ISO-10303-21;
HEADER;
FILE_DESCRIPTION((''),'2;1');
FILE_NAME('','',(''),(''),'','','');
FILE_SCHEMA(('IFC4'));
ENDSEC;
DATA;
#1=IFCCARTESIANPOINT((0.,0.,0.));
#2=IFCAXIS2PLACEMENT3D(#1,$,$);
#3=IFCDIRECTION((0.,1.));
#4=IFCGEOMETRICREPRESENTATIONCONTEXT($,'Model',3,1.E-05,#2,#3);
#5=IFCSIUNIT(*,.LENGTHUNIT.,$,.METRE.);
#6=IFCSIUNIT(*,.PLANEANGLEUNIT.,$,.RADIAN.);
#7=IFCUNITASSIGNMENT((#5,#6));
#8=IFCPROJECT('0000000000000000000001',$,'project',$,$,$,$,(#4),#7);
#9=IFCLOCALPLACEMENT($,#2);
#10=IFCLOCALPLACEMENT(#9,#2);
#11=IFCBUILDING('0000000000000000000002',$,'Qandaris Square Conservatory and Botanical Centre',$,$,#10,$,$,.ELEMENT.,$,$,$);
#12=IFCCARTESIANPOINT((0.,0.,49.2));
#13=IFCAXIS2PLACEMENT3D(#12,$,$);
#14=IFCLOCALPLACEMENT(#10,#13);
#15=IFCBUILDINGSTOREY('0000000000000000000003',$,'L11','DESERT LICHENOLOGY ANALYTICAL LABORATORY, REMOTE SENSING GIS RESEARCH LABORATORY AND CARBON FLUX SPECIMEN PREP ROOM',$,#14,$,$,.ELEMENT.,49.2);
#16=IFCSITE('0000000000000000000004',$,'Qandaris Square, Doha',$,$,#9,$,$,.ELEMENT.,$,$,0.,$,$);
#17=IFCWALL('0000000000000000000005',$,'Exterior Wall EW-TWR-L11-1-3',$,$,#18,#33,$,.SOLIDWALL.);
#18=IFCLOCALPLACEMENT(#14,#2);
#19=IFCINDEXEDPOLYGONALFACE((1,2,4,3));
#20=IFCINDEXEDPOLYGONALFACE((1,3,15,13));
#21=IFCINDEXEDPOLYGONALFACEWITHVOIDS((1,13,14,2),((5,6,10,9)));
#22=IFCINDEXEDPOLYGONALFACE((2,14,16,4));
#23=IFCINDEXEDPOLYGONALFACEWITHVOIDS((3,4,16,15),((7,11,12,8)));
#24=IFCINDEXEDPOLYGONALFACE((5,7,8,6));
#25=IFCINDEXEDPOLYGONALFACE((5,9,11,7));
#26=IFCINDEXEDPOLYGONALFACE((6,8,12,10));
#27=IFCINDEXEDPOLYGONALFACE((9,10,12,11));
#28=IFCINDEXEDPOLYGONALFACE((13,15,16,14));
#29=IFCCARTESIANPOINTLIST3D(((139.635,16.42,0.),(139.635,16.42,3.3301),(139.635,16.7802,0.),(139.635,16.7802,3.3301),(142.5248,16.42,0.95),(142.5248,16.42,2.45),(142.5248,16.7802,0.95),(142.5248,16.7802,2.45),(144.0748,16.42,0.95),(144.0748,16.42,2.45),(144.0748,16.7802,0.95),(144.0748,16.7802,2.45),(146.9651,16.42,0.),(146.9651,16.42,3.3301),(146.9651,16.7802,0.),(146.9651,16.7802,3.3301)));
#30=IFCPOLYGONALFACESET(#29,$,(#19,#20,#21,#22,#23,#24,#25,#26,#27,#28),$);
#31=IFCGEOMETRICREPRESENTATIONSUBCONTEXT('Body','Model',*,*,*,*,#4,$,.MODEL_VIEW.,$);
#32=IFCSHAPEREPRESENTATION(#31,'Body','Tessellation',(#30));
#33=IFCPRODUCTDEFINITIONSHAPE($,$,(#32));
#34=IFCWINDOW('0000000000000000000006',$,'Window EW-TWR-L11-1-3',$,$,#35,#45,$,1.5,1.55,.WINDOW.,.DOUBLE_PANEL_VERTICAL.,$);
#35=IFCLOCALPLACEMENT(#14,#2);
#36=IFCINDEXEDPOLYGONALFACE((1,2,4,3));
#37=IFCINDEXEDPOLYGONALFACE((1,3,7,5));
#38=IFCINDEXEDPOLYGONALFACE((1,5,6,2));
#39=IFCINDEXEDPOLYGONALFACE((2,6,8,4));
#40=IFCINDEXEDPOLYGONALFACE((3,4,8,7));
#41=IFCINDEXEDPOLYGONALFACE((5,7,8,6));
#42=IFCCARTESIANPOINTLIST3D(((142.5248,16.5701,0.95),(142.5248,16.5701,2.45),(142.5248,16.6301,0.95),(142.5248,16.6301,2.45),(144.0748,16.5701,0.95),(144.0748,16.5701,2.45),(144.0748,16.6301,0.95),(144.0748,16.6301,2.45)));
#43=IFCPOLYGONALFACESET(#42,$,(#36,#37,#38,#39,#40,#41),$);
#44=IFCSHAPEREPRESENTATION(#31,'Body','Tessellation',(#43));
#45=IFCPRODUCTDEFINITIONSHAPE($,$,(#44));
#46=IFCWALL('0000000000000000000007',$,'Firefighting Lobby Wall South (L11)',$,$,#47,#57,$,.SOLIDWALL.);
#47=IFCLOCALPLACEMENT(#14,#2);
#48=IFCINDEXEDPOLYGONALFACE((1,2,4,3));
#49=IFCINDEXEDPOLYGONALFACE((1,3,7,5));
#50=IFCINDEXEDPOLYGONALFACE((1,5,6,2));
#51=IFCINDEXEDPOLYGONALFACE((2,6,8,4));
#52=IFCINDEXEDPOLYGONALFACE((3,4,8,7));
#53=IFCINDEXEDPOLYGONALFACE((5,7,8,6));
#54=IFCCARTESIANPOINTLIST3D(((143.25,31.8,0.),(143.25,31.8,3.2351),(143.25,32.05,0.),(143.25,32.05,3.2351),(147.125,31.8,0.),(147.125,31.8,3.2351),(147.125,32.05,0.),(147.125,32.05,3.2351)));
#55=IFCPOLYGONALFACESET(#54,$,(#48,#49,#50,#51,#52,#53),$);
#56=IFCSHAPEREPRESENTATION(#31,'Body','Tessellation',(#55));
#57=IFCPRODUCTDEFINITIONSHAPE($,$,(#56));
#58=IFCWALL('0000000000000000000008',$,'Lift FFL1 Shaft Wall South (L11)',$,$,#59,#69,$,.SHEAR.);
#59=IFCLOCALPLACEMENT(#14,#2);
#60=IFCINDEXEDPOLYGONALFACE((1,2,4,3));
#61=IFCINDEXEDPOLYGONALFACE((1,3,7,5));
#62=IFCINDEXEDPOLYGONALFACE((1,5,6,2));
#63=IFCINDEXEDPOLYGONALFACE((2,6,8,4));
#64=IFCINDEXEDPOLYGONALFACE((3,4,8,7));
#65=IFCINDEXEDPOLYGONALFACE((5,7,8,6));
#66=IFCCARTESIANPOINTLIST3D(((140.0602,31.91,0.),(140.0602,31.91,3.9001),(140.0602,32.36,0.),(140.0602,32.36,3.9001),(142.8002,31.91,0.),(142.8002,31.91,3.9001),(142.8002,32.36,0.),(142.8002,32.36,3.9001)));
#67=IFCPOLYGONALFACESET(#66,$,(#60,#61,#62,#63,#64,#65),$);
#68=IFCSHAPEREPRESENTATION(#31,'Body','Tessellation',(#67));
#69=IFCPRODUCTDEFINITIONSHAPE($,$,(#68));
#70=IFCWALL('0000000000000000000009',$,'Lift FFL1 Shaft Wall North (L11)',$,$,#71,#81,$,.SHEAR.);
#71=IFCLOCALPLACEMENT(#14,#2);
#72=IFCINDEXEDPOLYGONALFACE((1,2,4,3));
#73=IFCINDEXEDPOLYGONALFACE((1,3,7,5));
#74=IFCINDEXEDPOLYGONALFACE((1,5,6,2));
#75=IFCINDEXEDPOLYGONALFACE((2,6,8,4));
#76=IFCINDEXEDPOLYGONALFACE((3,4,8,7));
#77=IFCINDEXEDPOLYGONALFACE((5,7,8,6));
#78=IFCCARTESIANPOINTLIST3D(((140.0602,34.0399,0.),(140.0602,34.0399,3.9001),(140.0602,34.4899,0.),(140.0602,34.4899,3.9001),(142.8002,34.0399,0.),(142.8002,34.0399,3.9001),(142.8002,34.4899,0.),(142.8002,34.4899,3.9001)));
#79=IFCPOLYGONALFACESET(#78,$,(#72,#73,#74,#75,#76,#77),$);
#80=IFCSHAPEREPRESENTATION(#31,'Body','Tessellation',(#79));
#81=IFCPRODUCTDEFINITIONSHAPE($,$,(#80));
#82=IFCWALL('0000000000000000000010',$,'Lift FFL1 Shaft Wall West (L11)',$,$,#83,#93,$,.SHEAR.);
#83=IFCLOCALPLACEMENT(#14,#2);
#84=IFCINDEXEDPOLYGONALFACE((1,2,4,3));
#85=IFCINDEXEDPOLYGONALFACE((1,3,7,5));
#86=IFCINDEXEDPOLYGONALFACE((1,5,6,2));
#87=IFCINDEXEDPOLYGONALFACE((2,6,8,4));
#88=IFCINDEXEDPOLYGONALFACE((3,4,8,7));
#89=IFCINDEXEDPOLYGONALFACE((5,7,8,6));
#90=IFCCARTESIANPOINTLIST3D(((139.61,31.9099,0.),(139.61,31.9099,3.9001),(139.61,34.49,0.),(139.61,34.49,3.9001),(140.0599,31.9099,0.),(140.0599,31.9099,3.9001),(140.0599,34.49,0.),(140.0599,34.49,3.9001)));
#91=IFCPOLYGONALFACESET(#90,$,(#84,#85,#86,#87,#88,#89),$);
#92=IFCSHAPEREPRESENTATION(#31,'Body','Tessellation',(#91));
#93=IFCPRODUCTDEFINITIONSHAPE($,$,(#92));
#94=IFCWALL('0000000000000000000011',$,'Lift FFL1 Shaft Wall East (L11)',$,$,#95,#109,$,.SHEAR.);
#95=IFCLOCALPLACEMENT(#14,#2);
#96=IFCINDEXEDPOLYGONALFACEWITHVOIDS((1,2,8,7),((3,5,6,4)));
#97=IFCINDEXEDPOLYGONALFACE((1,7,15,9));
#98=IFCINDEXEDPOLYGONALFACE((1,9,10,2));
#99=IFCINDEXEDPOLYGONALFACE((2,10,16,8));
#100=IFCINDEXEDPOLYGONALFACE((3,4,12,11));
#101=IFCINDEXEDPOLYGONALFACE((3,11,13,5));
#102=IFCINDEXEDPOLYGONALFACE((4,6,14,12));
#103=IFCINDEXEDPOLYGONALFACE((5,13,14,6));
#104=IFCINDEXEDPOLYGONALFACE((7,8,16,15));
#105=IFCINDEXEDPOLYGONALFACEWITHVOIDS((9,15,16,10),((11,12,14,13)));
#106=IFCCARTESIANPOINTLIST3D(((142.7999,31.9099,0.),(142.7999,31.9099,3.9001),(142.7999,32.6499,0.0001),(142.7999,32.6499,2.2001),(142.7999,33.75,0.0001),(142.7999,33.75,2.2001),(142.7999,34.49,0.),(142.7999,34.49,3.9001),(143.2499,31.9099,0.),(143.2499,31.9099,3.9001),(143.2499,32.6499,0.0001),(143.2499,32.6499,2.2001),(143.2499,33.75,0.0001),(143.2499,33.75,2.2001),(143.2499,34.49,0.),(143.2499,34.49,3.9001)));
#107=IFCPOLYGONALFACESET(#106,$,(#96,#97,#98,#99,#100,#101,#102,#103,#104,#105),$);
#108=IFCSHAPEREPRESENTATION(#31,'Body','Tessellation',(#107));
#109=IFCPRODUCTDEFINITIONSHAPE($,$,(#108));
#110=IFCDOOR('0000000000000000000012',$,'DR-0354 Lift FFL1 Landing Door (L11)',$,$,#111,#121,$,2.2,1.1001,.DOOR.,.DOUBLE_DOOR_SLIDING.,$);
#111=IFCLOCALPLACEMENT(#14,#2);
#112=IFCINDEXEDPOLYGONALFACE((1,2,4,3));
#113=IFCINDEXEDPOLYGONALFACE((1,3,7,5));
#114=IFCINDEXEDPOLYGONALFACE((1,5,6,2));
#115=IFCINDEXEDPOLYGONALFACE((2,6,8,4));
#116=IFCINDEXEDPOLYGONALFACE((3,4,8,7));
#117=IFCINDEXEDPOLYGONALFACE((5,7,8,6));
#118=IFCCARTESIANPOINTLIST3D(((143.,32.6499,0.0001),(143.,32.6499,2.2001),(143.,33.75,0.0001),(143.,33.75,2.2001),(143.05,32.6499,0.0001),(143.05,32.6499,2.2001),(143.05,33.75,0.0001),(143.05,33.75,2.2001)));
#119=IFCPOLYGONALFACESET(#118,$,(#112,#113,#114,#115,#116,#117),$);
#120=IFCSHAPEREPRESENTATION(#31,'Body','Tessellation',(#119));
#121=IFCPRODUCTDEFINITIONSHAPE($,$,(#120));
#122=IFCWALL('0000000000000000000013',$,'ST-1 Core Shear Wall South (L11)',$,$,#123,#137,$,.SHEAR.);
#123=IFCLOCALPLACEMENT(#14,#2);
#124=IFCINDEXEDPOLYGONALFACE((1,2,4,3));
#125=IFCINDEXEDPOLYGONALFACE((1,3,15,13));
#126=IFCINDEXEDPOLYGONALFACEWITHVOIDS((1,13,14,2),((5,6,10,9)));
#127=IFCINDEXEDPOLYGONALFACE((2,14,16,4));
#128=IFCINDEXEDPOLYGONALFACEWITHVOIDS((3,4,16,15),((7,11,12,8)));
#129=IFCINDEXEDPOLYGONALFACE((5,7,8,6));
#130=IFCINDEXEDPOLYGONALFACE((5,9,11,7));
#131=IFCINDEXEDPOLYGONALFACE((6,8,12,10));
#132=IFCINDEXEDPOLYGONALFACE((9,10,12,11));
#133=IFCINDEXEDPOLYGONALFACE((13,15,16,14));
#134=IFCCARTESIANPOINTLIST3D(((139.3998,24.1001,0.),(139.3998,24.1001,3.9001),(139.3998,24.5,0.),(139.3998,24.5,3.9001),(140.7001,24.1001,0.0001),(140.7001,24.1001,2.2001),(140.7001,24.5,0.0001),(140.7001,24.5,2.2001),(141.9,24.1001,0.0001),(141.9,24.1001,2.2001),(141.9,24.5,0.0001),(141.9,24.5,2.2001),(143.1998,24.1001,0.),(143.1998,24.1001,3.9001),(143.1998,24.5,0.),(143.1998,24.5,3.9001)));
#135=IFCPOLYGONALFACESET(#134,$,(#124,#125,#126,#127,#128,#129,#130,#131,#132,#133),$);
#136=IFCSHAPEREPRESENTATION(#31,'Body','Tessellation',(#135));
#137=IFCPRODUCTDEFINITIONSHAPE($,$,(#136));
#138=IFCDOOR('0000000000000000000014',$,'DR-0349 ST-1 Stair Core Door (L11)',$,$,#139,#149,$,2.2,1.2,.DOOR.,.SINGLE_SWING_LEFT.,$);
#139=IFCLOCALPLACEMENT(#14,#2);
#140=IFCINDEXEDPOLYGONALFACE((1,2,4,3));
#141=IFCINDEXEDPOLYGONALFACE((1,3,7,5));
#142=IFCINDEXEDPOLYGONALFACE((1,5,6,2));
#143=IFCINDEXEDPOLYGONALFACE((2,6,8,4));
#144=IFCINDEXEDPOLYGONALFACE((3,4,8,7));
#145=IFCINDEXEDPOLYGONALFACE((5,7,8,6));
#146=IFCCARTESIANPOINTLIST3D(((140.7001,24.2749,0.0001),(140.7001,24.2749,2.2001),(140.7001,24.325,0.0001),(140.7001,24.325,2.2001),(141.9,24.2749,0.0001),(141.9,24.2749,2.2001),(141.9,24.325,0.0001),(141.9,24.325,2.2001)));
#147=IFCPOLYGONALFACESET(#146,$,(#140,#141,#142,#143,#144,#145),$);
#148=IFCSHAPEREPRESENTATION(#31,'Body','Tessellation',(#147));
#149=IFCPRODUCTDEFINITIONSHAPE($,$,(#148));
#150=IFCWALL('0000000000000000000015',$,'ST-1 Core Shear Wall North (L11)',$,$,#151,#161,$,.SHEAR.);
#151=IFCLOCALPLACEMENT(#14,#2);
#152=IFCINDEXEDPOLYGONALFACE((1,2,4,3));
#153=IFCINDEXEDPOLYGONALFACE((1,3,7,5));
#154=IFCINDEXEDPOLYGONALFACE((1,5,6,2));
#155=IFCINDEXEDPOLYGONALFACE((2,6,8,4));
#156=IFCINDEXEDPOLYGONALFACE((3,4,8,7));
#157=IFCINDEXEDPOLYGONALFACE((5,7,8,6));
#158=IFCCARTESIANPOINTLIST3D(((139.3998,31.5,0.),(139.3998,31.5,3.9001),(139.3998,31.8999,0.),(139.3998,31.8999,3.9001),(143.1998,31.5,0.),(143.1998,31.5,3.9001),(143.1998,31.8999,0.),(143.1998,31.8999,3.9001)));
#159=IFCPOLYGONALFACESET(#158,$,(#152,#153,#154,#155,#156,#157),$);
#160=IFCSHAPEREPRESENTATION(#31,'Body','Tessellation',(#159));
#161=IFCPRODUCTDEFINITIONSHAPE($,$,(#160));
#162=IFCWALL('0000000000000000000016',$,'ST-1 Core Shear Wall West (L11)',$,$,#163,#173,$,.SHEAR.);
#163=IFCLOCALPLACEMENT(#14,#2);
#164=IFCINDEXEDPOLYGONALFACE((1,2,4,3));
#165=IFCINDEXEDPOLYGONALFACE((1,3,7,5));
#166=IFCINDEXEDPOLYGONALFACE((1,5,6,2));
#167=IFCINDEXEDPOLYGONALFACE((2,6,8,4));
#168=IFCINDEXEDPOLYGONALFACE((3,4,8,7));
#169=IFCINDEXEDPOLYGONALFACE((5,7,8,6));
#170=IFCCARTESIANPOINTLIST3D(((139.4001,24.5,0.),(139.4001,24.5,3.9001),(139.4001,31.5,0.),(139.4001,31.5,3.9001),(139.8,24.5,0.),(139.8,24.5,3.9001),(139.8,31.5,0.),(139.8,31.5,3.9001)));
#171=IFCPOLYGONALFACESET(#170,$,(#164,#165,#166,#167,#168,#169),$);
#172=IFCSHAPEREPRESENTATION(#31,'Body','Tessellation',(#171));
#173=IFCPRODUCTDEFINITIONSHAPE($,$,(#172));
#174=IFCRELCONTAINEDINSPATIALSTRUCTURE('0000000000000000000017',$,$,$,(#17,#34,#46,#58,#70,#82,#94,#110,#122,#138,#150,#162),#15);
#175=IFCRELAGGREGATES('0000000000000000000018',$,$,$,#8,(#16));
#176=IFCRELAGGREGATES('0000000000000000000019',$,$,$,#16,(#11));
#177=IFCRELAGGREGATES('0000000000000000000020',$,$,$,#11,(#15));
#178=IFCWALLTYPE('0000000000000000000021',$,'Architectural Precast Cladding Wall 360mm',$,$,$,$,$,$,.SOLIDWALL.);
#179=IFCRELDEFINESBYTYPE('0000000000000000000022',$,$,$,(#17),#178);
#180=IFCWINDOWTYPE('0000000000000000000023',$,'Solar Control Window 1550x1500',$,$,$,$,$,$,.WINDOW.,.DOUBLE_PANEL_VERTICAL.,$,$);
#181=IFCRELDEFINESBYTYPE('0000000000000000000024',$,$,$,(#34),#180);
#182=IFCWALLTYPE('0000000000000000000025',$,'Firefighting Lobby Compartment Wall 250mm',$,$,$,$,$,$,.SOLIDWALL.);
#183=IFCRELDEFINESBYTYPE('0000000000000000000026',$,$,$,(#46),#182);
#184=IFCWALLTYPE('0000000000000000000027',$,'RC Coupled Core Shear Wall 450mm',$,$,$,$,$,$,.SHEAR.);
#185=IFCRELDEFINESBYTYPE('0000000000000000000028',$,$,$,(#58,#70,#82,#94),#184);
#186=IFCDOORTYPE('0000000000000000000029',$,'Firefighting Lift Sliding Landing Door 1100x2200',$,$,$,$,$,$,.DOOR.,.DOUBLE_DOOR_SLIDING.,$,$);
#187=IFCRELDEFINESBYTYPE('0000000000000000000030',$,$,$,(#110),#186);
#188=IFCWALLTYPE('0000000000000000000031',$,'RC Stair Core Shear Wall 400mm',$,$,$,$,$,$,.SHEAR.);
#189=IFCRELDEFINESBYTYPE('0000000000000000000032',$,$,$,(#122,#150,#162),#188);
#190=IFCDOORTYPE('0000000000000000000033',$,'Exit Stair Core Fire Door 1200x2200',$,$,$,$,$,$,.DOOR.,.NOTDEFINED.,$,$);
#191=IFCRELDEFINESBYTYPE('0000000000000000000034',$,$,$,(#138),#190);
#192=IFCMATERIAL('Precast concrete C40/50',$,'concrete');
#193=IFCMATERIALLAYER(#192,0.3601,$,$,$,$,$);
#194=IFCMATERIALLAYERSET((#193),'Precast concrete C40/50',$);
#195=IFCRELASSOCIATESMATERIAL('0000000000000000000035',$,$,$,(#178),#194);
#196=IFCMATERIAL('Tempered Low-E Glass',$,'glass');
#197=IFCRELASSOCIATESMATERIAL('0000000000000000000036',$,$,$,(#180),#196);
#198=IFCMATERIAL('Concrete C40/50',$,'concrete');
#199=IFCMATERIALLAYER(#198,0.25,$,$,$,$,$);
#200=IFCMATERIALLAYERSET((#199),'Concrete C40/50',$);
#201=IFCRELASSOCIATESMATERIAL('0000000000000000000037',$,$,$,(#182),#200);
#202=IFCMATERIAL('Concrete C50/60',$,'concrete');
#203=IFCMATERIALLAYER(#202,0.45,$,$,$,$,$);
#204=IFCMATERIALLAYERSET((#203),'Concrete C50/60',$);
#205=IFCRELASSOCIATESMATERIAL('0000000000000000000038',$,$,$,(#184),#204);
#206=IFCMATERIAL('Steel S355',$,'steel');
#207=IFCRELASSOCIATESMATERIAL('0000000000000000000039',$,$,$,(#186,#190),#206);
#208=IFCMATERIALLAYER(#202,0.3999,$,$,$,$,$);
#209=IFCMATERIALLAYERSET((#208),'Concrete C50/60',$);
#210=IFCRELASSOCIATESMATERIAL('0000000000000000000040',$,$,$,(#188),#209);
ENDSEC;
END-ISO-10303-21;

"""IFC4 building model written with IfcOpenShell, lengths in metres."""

from ifc_helpers import new_model, si_unit, direction, frame, frame_2d, origin, place, context, subcontext, project, spatial, rectangle, extrude, material, layer, layer_set, type_object, element, fill, save


model = new_model("IFC4")

# Units and contexts
model_context = context("Model", 3, precision=1e-05, world=origin(), true_north=direction((0.0, 1.0)))
body_context = subcontext(model_context, "Body", "Model", "MODEL_VIEW")
ifc_project = project(units=[si_unit("LENGTHUNIT", "METRE"), si_unit("PLANEANGLEUNIT", "RADIAN")], contexts=[model_context])

# Site, building, storey
site_placement = place(None, origin())
site = spatial("IfcSite", under=ifc_project, at=site_placement, Name="Qandaris Square, Doha", CompositionType="ELEMENT", RefElevation=0.0)
building_placement = place(site_placement, origin())
building = spatial("IfcBuilding", under=site, at=building_placement, Name="Qandaris Square Conservatory and Botanical Centre", CompositionType="ELEMENT")
storey_placement = place(building_placement, frame((0.0, 0.0, 49.2)))
storey = spatial("IfcBuildingStorey", under=building, at=storey_placement, Name="L11", Description="DESERT LICHENOLOGY ANALYTICAL LABORATORY, REMOTE SENSING GIS RESEARCH LABORATORY AND CARBON FLUX SPECIMEN PREP ROOM", CompositionType="ELEMENT", Elevation=49.2)

# Shared definitions
ifc_material_1 = material(Name="Steel S355", Category="steel")
ifc_material_2 = material(Name="Concrete C50/60", Category="concrete")

# Wall, opening, window
ifc_material_3 = material(Name="Precast concrete C40/50", Category="concrete")
ifc_layer_1 = layer(ifc_material_3, 0.3601)
ifc_layer_set_1 = layer_set([ifc_layer_1], Name="Precast concrete C40/50")
wall_type_1 = type_object("IfcWallType", Name="Architectural Precast Cladding Wall 360mm", PredefinedType="SOLIDWALL", material=ifc_layer_set_1)
wall_1_placement = place(storey_placement, frame((139.635, 16.6001, 0.0), z_axis=(0.0, 0.0, 1.0), x_axis=(1.0, 0.0, 0.0)))
wall_1 = element("IfcWall", 1, at=wall_1_placement, inside=storey, type_object=wall_type_1, Name="Exterior Wall EW-TWR-L11-1-3", PredefinedType="SOLIDWALL", context=body_context, shape_type="SweptSolid", body=[
    extrude(rectangle(XDim=7.3301, YDim=0.3601, at=frame_2d((3.665, 0.0))), origin(), (0.0, 0.0, 1.0), 3.3301),
])
opening_1_placement = place(wall_1_placement, frame((2.8899, 0.0, 0.95)))
opening_1 = element("IfcOpeningElement", 2, at=opening_1_placement, cuts=wall_1, PredefinedType="OPENING", context=body_context, shape_type="SweptSolid", body=[
    extrude(rectangle(XDim=1.55, YDim=1.5, at=frame_2d((0.7749, 0.75))), frame((0.0, 0.1919, 0.0), z_axis=(0.0, -1.0, 0.0), x_axis=(1.0, 0.0, 0.0)), (0.0, 0.0, 1.0), 0.384),
])
ifc_material_4 = material(Name="Tempered Low-E Glass", Category="glass")
window_type = type_object("IfcWindowType", Name="Solar Control Window 1550x1500", PartitioningType="DOUBLE_PANEL_VERTICAL", PredefinedType="WINDOW", material=ifc_material_4)
window_placement = place(opening_1_placement, origin())
window = element("IfcWindow", 3, at=window_placement, inside=storey, type_object=window_type, Name="Window EW-TWR-L11-1-3", OverallHeight=1.5, OverallWidth=1.55, PartitioningType="DOUBLE_PANEL_VERTICAL", PredefinedType="WINDOW", context=body_context, shape_type="SweptSolid", body=[
    extrude(rectangle(XDim=1.55, YDim=1.5, at=frame_2d((0.7749, 0.75))), frame((0.0, 0.03, 0.0), z_axis=(0.0, -1.0, 0.0), x_axis=(1.0, 0.0, 0.0)), (0.0, 0.0, 1.0), 0.0601),
])
fill(opening_1, window)

# Walls
ifc_material_5 = material(Name="Concrete C40/50", Category="concrete")
ifc_layer_2 = layer(ifc_material_5, 0.25)
ifc_layer_set_2 = layer_set([ifc_layer_2], Name="Concrete C40/50")
wall_type_2 = type_object("IfcWallType", Name="Firefighting Lobby Compartment Wall 250mm", PredefinedType="SOLIDWALL", material=ifc_layer_set_2)
wall_2_placement = place(storey_placement, frame((143.25, 31.925, 0.0), z_axis=(0.0, 0.0, 1.0), x_axis=(1.0, 0.0, 0.0)))
element("IfcWall", 4, at=wall_2_placement, inside=storey, type_object=wall_type_2, Name="Firefighting Lobby Wall South (L11)", PredefinedType="SOLIDWALL", context=body_context, shape_type="SweptSolid", body=[
    extrude(rectangle(XDim=3.875, YDim=0.25, at=frame_2d((1.9375, 0.0))), origin(), (0.0, 0.0, 1.0), 3.2351),
])
ifc_layer_3 = layer(ifc_material_2, 0.45)
ifc_layer_set_3 = layer_set([ifc_layer_3], Name="Concrete C50/60")
wall_type_3 = type_object("IfcWallType", Name="RC Coupled Core Shear Wall 450mm", PredefinedType="SHEAR", material=ifc_layer_set_3)
for number, where, z_axis, x_axis, name in (
    (5, (140.0601, 32.135, 0.0), (0.0, 0.0, 1.0), (1.0, 0.0, 0.0), "Lift FFL1 Shaft Wall South (L11)"),
    (6, (140.0601, 34.2649, 0.0), (0.0, 0.0, 1.0), (1.0, 0.0, 0.0), "Lift FFL1 Shaft Wall North (L11)"),
):
    element("IfcWall", number, at=place(storey_placement, frame(where, z_axis=z_axis, x_axis=x_axis)), inside=storey, type_object=wall_type_3, Name=name, PredefinedType="SHEAR", context=body_context, shape_type="SweptSolid", body=[
        extrude(rectangle(XDim=2.74, YDim=0.45, at=frame_2d((1.3701, 0.0))), origin(), (0.0, 0.0, 1.0), 3.9001),
    ])
wall_3_placement = place(storey_placement, frame((139.835, 31.9099, 0.0), z_axis=(0.0, 0.0, 1.0), x_axis=(0.0, 1.0, 0.0)))
element("IfcWall", 7, at=wall_3_placement, inside=storey, type_object=wall_type_3, Name="Lift FFL1 Shaft Wall West (L11)", PredefinedType="SHEAR", context=body_context, shape_type="SweptSolid", body=[
    extrude(rectangle(XDim=2.5801, YDim=0.45, at=frame_2d((1.29, 0.0))), origin(), (0.0, 0.0, 1.0), 3.9001),
])

# Walls, openings, doors
wall_4_placement = place(storey_placement, frame((143.0249, 31.9099, 0.0), z_axis=(0.0, 0.0, 1.0), x_axis=(0.0, 1.0, 0.0)))
wall_4 = element("IfcWall", 8, at=wall_4_placement, inside=storey, type_object=wall_type_3, Name="Lift FFL1 Shaft Wall East (L11)", PredefinedType="SHEAR", context=body_context, shape_type="SweptSolid", body=[
    extrude(rectangle(XDim=2.5801, YDim=0.45, at=frame_2d((1.29, 0.0))), origin(), (0.0, 0.0, 1.0), 3.9001),
])
opening_2_placement = place(wall_4_placement, frame((0.74, 0.0, 0.0)))
opening_2 = element("IfcOpeningElement", 9, at=opening_2_placement, cuts=wall_4, PredefinedType="OPENING", context=body_context, shape_type="SweptSolid", body=[
    extrude(rectangle(XDim=1.1001, YDim=2.2, at=frame_2d((0.55, 1.1001))), frame((0.0, 0.2368, 0.0), z_axis=(0.0, -1.0, 0.0), x_axis=(1.0, 0.0, 0.0)), (0.0, 0.0, 1.0), 0.4739),
])
door_type_1 = type_object("IfcDoorType", Name="Firefighting Lift Sliding Landing Door 1100x2200", OperationType="DOUBLE_DOOR_SLIDING", PredefinedType="DOOR", material=ifc_material_1)
door_1_placement = place(opening_2_placement, origin())
door_1 = element("IfcDoor", 10, at=door_1_placement, inside=storey, type_object=door_type_1, Name="DR-0354 Lift FFL1 Landing Door (L11)", OperationType="DOUBLE_DOOR_SLIDING", OverallHeight=2.2, OverallWidth=1.1001, PredefinedType="DOOR", context=body_context, shape_type="SweptSolid", body=[
    extrude(rectangle(XDim=1.1001, YDim=2.2, at=frame_2d((0.55, 1.1001))), frame((0.0, 0.0249, 0.0), z_axis=(0.0, -1.0, 0.0), x_axis=(1.0, 0.0, 0.0)), (0.0, 0.0, 1.0), 0.05),
])
fill(opening_2, door_1)
ifc_layer_4 = layer(ifc_material_2, 0.3999)
ifc_layer_set_4 = layer_set([ifc_layer_4], Name="Concrete C50/60")
wall_type_4 = type_object("IfcWallType", Name="RC Stair Core Shear Wall 400mm", PredefinedType="SHEAR", material=ifc_layer_set_4)
wall_5_placement = place(storey_placement, frame((139.3999, 24.3, 0.0), z_axis=(0.0, 0.0, 1.0), x_axis=(1.0, 0.0, 0.0)))
wall_5 = element("IfcWall", 11, at=wall_5_placement, inside=storey, type_object=wall_type_4, Name="ST-1 Core Shear Wall South (L11)", PredefinedType="SHEAR", context=body_context, shape_type="SweptSolid", body=[
    extrude(rectangle(XDim=3.8, YDim=0.3999, at=frame_2d((1.8999, 0.0))), origin(), (0.0, 0.0, 1.0), 3.9001),
])
opening_3_placement = place(wall_5_placement, frame((1.3, 0.0, 0.0)))
opening_3 = element("IfcOpeningElement", 12, at=opening_3_placement, cuts=wall_5, PredefinedType="OPENING", context=body_context, shape_type="SweptSolid", body=[
    extrude(rectangle(XDim=1.2, YDim=2.2, at=frame_2d((0.6001, 1.1001))), frame((0.0, 0.2119, 0.0), z_axis=(0.0, -1.0, 0.0), x_axis=(1.0, 0.0, 0.0)), (0.0, 0.0, 1.0), 0.4238),
])
door_type_2 = type_object("IfcDoorType", Name="Exit Stair Core Fire Door 1200x2200", OperationType="NOTDEFINED", PredefinedType="DOOR", material=ifc_material_1)
door_2_placement = place(opening_3_placement, origin())
door_2 = element("IfcDoor", 13, at=door_2_placement, inside=storey, type_object=door_type_2, Name="DR-0349 ST-1 Stair Core Door (L11)", OperationType="SINGLE_SWING_LEFT", OverallHeight=2.2, OverallWidth=1.2, PredefinedType="DOOR", context=body_context, shape_type="SweptSolid", body=[
    extrude(rectangle(XDim=1.2, YDim=2.2, at=frame_2d((0.6001, 1.1001))), frame((0.0, 0.0249, 0.0), z_axis=(0.0, -1.0, 0.0), x_axis=(1.0, 0.0, 0.0)), (0.0, 0.0, 1.0), 0.05),
])
fill(opening_3, door_2)

# Walls
wall_6_placement = place(storey_placement, frame((139.3999, 31.7, 0.0), z_axis=(0.0, 0.0, 1.0), x_axis=(1.0, 0.0, 0.0)))
element("IfcWall", 14, at=wall_6_placement, inside=storey, type_object=wall_type_4, Name="ST-1 Core Shear Wall North (L11)", PredefinedType="SHEAR", context=body_context, shape_type="SweptSolid", body=[
    extrude(rectangle(XDim=3.8, YDim=0.3999, at=frame_2d((1.8999, 0.0))), origin(), (0.0, 0.0, 1.0), 3.9001),
])
for number, where, z_axis, x_axis, name in (
    (15, (139.6001, 24.5, 0.0), (0.0, 0.0, 1.0), (0.0, 1.0, 0.0), "ST-1 Core Shear Wall West (L11)"),
):
    element("IfcWall", number, at=place(storey_placement, frame(where, z_axis=z_axis, x_axis=x_axis)), inside=storey, type_object=wall_type_4, Name=name, PredefinedType="SHEAR", context=body_context, shape_type="SweptSolid", body=[
        extrude(rectangle(XDim=7.0, YDim=0.3999, at=frame_2d((3.5, 0.0))), origin(), (0.0, 0.0, 1.0), 3.9001),
    ])

save(model, "model.ifc")
